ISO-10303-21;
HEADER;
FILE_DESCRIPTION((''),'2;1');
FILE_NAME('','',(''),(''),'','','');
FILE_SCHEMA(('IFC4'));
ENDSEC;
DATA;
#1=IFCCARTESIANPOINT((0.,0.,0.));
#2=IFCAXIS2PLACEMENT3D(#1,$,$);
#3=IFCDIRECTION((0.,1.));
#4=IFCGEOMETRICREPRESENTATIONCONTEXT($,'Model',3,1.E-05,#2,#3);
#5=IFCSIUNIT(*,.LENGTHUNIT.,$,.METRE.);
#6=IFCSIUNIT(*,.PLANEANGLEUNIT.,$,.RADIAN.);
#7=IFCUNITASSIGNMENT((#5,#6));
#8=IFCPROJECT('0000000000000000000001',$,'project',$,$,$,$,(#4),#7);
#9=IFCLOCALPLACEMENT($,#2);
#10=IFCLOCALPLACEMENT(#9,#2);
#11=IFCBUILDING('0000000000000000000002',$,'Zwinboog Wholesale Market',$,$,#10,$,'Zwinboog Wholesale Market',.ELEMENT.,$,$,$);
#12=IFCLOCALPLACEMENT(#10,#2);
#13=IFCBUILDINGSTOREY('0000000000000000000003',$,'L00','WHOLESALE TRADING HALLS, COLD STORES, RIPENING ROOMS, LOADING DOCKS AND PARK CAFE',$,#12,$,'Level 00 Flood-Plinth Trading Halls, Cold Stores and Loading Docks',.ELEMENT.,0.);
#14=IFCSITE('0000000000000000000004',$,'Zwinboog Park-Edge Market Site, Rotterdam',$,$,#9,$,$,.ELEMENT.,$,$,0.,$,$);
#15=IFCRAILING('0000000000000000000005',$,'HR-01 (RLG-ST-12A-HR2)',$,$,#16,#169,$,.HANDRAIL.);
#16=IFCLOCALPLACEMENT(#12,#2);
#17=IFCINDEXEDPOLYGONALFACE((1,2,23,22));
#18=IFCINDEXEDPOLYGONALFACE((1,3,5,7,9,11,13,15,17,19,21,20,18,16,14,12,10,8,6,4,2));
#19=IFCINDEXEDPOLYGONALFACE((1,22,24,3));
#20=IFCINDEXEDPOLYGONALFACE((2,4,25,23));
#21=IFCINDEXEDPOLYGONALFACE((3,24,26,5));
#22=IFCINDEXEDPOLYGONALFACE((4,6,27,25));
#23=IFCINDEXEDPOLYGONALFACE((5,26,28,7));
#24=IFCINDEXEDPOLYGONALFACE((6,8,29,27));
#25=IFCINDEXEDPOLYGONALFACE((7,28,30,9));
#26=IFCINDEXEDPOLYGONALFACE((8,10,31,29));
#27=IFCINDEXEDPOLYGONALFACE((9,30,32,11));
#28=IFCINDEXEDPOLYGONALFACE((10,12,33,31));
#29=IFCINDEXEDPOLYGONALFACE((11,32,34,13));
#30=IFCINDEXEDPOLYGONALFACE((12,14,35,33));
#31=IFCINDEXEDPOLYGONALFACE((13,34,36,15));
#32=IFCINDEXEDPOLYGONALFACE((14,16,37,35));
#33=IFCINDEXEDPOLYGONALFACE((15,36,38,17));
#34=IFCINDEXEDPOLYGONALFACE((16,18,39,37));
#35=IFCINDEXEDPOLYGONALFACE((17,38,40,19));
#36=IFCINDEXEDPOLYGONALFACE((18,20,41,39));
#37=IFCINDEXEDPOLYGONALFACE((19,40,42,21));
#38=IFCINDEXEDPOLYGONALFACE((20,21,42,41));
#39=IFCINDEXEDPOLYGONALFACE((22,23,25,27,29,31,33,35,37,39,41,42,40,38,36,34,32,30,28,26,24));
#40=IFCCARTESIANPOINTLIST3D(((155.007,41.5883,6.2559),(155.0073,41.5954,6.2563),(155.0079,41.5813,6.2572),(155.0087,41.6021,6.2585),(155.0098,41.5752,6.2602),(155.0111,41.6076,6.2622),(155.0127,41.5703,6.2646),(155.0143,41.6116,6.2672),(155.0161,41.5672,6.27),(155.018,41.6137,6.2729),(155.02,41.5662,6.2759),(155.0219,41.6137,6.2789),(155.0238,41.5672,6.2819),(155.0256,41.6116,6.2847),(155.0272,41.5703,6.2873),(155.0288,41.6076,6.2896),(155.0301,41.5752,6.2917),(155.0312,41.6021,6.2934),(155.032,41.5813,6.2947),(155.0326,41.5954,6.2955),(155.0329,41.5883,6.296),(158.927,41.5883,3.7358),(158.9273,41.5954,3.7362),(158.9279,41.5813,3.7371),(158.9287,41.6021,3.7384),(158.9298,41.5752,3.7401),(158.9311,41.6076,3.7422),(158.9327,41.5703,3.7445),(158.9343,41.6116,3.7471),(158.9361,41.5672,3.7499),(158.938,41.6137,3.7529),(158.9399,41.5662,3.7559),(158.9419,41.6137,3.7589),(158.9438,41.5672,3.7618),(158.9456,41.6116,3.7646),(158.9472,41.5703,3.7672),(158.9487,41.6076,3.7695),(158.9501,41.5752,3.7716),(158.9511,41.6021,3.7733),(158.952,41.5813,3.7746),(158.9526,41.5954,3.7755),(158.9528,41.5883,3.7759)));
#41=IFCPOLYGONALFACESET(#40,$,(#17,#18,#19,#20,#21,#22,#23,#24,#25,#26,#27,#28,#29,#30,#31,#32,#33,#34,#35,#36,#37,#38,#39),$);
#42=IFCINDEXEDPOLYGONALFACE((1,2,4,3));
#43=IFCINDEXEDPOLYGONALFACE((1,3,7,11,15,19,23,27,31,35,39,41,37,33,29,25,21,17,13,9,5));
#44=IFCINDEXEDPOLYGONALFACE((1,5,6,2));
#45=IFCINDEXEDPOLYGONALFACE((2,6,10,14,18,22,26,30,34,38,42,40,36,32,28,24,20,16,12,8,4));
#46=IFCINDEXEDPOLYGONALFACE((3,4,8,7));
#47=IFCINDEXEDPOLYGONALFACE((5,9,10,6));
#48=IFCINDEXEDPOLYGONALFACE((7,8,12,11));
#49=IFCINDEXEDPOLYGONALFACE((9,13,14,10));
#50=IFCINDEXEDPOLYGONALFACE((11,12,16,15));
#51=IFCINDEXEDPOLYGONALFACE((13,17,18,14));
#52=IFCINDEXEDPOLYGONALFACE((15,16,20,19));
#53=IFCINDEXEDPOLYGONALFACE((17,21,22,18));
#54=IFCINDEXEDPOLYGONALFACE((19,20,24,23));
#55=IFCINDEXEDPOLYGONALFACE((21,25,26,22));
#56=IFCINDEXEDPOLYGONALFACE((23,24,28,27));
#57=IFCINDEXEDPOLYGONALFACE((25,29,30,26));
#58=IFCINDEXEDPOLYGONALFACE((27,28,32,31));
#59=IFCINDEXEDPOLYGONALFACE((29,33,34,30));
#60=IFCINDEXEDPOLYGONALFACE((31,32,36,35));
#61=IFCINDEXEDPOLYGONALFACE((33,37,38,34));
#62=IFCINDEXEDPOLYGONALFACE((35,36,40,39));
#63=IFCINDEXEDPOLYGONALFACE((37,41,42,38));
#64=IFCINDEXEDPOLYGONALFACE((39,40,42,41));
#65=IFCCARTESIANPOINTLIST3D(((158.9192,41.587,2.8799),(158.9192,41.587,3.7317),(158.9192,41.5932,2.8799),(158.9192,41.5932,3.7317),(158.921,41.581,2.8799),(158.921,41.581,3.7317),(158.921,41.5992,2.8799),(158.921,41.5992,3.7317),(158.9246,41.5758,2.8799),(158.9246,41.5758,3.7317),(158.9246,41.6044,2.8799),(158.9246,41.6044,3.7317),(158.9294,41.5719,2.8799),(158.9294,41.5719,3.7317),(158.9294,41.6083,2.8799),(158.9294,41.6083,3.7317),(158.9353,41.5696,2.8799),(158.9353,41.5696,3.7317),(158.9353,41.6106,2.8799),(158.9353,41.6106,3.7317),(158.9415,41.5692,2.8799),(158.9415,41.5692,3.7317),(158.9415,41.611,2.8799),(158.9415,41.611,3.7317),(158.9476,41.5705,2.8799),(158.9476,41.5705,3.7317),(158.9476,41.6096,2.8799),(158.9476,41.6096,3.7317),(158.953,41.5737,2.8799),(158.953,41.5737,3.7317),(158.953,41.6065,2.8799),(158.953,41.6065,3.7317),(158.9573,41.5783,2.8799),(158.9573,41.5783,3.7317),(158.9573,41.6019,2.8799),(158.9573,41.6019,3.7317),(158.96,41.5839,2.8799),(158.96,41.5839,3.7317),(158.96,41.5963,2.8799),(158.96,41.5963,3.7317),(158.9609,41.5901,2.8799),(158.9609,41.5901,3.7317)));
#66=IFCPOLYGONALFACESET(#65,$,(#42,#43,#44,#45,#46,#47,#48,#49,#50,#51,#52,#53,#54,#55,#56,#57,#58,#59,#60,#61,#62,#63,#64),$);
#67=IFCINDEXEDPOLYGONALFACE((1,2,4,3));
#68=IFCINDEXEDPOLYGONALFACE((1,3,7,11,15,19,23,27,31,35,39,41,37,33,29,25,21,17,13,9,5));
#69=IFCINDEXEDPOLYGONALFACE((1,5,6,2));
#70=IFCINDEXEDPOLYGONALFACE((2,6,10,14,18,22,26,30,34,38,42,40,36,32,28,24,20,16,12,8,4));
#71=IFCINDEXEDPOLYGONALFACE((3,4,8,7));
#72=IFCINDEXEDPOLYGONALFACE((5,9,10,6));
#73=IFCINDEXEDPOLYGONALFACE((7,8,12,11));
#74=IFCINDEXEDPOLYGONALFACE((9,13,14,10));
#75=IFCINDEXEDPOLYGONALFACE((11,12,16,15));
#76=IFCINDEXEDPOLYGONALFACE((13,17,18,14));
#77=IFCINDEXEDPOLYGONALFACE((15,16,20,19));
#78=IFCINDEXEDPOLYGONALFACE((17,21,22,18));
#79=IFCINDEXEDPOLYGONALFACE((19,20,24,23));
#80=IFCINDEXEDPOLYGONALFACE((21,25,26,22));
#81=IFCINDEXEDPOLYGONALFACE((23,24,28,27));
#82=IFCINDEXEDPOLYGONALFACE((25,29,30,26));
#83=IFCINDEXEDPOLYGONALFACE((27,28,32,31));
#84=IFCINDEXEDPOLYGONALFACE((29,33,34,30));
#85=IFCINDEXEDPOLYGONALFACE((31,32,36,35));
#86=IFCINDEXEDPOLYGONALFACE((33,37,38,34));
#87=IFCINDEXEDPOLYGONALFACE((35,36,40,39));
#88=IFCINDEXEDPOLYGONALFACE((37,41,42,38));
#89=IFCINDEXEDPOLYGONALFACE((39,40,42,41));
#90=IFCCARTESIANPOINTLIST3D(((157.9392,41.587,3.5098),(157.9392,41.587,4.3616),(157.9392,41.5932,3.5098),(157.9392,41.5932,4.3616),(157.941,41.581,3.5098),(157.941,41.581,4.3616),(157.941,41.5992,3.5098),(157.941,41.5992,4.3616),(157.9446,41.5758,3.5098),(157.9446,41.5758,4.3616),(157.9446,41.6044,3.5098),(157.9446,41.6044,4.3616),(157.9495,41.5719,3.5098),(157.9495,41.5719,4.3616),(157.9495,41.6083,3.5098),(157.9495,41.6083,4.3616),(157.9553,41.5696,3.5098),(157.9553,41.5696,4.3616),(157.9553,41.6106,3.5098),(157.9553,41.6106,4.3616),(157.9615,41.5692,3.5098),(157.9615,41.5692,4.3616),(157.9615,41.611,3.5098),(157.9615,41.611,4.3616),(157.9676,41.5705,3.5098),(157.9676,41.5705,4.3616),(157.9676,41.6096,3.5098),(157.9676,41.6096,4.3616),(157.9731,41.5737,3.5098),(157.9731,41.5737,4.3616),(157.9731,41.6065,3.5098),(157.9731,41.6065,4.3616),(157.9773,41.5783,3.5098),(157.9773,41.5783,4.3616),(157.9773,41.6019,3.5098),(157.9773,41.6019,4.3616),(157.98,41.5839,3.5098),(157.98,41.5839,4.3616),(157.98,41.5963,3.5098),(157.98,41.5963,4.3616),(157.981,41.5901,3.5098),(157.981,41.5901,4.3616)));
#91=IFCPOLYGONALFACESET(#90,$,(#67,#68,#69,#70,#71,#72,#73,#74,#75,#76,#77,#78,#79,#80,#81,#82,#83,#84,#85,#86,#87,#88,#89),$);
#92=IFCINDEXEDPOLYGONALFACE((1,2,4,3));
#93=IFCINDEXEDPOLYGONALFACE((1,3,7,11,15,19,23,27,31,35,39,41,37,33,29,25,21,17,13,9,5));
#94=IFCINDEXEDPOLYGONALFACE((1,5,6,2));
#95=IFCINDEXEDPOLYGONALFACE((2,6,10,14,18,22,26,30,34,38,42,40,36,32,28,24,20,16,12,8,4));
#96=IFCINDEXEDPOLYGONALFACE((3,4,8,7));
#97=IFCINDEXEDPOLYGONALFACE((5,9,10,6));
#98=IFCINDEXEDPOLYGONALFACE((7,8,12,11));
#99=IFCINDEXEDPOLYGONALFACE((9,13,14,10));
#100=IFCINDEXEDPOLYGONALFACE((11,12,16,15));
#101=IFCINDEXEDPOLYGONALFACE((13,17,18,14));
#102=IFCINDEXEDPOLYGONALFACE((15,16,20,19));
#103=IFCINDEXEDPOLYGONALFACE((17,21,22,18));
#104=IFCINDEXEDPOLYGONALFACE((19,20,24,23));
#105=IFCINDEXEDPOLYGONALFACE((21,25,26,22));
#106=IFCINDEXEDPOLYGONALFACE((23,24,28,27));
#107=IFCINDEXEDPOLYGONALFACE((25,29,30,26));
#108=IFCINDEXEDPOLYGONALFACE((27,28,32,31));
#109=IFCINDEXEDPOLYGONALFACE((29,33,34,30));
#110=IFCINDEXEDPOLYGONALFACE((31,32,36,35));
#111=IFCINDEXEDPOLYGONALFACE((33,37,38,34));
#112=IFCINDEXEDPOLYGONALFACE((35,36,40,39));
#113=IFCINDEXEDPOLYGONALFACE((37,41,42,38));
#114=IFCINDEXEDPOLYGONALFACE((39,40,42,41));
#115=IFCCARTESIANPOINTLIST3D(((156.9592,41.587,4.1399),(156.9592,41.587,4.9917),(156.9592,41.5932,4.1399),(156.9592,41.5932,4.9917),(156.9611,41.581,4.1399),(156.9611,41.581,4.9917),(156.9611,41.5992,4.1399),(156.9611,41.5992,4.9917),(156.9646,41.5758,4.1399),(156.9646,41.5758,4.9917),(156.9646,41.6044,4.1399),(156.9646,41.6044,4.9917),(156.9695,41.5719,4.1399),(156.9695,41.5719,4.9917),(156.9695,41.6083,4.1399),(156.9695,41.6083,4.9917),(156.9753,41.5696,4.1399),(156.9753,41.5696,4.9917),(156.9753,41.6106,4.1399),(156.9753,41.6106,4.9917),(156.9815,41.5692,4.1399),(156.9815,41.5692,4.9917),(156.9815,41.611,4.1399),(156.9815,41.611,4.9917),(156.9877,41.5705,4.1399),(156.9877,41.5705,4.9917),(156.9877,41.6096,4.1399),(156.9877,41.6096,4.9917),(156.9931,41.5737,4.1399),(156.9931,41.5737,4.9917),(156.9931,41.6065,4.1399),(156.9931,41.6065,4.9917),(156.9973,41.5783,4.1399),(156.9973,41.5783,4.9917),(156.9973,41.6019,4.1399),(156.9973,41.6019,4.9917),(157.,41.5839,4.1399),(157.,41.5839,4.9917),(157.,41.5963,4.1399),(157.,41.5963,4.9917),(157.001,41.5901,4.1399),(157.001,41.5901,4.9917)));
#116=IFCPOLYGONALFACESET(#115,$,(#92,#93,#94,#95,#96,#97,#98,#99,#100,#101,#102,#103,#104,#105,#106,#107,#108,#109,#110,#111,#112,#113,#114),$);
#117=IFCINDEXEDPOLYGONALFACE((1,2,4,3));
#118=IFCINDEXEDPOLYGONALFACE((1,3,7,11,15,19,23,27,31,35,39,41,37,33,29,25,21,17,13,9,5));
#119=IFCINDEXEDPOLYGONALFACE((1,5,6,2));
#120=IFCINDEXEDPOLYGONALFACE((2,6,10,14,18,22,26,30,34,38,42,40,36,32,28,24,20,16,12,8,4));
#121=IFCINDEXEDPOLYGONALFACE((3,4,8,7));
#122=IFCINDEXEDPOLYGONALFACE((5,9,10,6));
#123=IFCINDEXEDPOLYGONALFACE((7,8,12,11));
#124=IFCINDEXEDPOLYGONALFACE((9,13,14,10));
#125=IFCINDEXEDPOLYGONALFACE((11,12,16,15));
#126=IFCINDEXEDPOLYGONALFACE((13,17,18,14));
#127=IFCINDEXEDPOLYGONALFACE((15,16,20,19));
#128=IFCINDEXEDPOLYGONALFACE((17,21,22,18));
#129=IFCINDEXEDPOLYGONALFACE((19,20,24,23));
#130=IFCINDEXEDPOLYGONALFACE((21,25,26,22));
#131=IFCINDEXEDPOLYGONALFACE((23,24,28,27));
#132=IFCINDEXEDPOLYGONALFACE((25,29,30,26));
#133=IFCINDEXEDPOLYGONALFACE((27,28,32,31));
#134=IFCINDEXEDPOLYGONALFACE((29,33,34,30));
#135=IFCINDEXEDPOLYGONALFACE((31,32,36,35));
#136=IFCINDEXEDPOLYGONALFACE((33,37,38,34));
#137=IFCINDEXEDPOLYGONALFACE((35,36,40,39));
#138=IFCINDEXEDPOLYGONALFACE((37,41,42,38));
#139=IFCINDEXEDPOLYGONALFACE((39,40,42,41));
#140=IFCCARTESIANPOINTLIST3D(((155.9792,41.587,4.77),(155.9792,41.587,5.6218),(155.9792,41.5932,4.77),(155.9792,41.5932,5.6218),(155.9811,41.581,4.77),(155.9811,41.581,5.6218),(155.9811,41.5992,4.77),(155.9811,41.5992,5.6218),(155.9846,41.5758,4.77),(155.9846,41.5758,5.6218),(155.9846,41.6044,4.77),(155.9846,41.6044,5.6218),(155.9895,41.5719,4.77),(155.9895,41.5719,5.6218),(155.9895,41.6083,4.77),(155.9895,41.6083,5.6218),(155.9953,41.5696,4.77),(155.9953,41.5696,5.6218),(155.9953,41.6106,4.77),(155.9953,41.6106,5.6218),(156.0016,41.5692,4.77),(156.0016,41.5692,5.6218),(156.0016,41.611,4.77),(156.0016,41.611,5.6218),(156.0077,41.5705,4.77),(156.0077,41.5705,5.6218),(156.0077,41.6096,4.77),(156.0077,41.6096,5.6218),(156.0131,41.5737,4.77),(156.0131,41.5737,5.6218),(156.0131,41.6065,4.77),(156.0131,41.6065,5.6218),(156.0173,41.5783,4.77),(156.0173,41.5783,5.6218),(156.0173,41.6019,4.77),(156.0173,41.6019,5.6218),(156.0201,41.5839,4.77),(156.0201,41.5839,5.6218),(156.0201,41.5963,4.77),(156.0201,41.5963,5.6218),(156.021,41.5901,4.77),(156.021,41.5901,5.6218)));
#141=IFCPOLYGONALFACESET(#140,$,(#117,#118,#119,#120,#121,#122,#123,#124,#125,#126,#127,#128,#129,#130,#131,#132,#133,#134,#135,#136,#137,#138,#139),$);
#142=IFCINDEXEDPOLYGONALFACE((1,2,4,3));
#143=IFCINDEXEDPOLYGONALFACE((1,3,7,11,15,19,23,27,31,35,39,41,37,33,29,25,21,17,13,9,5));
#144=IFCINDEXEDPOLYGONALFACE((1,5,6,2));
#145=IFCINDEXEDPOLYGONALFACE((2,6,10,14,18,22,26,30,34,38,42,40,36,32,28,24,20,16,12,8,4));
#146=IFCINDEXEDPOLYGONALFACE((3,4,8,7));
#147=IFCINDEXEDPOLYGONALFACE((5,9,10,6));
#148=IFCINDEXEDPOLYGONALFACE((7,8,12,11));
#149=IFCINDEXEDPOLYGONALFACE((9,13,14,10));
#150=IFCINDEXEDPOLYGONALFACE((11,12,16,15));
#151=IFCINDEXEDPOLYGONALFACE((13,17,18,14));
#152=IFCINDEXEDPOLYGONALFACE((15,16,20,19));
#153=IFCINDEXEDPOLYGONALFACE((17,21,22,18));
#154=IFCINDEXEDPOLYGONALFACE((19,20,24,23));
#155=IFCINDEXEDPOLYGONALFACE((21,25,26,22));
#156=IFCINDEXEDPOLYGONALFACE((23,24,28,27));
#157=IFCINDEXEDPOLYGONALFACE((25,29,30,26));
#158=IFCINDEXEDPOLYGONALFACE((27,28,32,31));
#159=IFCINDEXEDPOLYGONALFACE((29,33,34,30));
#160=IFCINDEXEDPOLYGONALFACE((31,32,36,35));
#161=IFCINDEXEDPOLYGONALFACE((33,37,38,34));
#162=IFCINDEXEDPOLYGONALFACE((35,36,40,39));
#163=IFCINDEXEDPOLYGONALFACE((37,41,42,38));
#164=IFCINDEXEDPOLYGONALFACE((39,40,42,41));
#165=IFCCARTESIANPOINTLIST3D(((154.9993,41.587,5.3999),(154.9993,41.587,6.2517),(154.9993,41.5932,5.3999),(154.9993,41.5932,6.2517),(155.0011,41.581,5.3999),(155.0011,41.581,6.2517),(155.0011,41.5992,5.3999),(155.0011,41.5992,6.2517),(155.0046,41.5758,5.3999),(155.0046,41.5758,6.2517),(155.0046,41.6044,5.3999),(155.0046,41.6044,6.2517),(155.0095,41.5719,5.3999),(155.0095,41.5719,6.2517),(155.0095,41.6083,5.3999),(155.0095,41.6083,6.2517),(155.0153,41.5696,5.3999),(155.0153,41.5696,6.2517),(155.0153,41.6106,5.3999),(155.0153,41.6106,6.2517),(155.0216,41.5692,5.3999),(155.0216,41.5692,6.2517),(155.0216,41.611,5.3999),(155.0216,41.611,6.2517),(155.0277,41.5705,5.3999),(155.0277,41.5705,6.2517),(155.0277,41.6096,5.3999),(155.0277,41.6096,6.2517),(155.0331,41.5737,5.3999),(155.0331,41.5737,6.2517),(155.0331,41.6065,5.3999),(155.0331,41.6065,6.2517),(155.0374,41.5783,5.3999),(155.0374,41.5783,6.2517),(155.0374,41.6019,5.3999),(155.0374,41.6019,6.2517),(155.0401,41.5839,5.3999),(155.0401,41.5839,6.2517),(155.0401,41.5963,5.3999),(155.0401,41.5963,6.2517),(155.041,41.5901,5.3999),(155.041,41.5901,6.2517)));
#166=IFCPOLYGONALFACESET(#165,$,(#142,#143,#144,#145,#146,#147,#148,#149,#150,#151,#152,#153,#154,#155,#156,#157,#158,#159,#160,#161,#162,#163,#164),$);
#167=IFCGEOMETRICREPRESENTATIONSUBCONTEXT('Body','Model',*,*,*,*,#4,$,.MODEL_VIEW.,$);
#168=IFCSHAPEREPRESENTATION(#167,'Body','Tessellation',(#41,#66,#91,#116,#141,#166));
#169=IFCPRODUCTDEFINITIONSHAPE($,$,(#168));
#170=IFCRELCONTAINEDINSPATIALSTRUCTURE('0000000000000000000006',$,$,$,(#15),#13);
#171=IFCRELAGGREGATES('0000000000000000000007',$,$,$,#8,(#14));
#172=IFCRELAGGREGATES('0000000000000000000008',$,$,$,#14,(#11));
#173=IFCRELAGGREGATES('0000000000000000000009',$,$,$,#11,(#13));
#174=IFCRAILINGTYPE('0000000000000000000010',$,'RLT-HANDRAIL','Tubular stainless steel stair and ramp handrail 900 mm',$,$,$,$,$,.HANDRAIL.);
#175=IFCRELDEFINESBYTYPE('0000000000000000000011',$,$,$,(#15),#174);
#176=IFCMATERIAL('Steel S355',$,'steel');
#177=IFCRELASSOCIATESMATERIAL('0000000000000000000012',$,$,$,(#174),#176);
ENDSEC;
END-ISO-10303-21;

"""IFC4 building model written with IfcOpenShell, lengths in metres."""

from ifc_helpers import new_model, si_unit, direction, frame, origin, origin_2d, place, context, subcontext, project, spatial, circle, extrude, material, type_object, element, save


model = new_model("IFC4")

# Units and contexts
model_context = context("Model", 3, precision=1e-05, world=origin(), true_north=direction((0.0, 1.0)))
body_context = subcontext(model_context, "Body", "Model", "MODEL_VIEW")
ifc_project = project(units=[si_unit("LENGTHUNIT", "METRE"), si_unit("PLANEANGLEUNIT", "RADIAN")], contexts=[model_context])

# Site, building, storey
site_placement = place(None, origin())
site = spatial("IfcSite", under=ifc_project, at=site_placement, Name="Zwinboog Park-Edge Market Site, Rotterdam", CompositionType="ELEMENT", RefElevation=0.0)
building_placement = place(site_placement, origin())
building = spatial("IfcBuilding", under=site, at=building_placement, Name="Zwinboog Wholesale Market", LongName="Zwinboog Wholesale Market", CompositionType="ELEMENT")
storey_placement = place(building_placement, origin())
storey = spatial("IfcBuildingStorey", under=building, at=storey_placement, Name="L00", Description="WHOLESALE TRADING HALLS, COLD STORES, RIPENING ROOMS, LOADING DOCKS AND PARK CAFE", LongName="Level 00 Flood-Plinth Trading Halls, Cold Stores and Loading Docks", CompositionType="ELEMENT", Elevation=0.0)

# Railing
ifc_material_1 = material(Name="Steel S355", Category="steel")
railing_type_1 = type_object("IfcRailingType", Name="RLT-HANDRAIL", Description="Tubular stainless steel stair and ramp handrail 900 mm", PredefinedType="HANDRAIL", material=ifc_material_1)
railing_1_placement = place(storey_placement, frame((158.9399, 41.5901, 2.8799)))
element("IfcRailing", 1, at=railing_1_placement, inside=storey, type_object=railing_type_1, Name="HR-01 (RLG-ST-12A-HR2)", PredefinedType="HANDRAIL", context=body_context, shape_type="SweptSolid", body=[
    extrude(circle(Radius=0.0239, at=origin_2d()), frame((0.0, 0.0, 0.876), z_axis=(-0.841172, 0.0, 0.540768), x_axis=(0.0, -1.0, 0.0)), (0.0, 0.0, 1.0), 4.6602),
    extrude(circle(Radius=0.021, at=origin_2d()), origin(), (0.0, 0.0, 1.0), 0.8518),
    extrude(circle(Radius=0.021, at=origin_2d()), frame((-0.98, 0.0, 0.6299)), (0.0, 0.0, 1.0), 0.8518),
    extrude(circle(Radius=0.021, at=origin_2d()), frame((-1.96, 0.0, 1.26)), (0.0, 0.0, 1.0), 0.8518),
    extrude(circle(Radius=0.021, at=origin_2d()), frame((-2.9399, 0.0, 1.8901)), (0.0, 0.0, 1.0), 0.8518),
    extrude(circle(Radius=0.021, at=origin_2d()), frame((-3.9199, 0.0, 2.52)), (0.0, 0.0, 1.0), 0.8518),
])

save(model, "model.ifc")
